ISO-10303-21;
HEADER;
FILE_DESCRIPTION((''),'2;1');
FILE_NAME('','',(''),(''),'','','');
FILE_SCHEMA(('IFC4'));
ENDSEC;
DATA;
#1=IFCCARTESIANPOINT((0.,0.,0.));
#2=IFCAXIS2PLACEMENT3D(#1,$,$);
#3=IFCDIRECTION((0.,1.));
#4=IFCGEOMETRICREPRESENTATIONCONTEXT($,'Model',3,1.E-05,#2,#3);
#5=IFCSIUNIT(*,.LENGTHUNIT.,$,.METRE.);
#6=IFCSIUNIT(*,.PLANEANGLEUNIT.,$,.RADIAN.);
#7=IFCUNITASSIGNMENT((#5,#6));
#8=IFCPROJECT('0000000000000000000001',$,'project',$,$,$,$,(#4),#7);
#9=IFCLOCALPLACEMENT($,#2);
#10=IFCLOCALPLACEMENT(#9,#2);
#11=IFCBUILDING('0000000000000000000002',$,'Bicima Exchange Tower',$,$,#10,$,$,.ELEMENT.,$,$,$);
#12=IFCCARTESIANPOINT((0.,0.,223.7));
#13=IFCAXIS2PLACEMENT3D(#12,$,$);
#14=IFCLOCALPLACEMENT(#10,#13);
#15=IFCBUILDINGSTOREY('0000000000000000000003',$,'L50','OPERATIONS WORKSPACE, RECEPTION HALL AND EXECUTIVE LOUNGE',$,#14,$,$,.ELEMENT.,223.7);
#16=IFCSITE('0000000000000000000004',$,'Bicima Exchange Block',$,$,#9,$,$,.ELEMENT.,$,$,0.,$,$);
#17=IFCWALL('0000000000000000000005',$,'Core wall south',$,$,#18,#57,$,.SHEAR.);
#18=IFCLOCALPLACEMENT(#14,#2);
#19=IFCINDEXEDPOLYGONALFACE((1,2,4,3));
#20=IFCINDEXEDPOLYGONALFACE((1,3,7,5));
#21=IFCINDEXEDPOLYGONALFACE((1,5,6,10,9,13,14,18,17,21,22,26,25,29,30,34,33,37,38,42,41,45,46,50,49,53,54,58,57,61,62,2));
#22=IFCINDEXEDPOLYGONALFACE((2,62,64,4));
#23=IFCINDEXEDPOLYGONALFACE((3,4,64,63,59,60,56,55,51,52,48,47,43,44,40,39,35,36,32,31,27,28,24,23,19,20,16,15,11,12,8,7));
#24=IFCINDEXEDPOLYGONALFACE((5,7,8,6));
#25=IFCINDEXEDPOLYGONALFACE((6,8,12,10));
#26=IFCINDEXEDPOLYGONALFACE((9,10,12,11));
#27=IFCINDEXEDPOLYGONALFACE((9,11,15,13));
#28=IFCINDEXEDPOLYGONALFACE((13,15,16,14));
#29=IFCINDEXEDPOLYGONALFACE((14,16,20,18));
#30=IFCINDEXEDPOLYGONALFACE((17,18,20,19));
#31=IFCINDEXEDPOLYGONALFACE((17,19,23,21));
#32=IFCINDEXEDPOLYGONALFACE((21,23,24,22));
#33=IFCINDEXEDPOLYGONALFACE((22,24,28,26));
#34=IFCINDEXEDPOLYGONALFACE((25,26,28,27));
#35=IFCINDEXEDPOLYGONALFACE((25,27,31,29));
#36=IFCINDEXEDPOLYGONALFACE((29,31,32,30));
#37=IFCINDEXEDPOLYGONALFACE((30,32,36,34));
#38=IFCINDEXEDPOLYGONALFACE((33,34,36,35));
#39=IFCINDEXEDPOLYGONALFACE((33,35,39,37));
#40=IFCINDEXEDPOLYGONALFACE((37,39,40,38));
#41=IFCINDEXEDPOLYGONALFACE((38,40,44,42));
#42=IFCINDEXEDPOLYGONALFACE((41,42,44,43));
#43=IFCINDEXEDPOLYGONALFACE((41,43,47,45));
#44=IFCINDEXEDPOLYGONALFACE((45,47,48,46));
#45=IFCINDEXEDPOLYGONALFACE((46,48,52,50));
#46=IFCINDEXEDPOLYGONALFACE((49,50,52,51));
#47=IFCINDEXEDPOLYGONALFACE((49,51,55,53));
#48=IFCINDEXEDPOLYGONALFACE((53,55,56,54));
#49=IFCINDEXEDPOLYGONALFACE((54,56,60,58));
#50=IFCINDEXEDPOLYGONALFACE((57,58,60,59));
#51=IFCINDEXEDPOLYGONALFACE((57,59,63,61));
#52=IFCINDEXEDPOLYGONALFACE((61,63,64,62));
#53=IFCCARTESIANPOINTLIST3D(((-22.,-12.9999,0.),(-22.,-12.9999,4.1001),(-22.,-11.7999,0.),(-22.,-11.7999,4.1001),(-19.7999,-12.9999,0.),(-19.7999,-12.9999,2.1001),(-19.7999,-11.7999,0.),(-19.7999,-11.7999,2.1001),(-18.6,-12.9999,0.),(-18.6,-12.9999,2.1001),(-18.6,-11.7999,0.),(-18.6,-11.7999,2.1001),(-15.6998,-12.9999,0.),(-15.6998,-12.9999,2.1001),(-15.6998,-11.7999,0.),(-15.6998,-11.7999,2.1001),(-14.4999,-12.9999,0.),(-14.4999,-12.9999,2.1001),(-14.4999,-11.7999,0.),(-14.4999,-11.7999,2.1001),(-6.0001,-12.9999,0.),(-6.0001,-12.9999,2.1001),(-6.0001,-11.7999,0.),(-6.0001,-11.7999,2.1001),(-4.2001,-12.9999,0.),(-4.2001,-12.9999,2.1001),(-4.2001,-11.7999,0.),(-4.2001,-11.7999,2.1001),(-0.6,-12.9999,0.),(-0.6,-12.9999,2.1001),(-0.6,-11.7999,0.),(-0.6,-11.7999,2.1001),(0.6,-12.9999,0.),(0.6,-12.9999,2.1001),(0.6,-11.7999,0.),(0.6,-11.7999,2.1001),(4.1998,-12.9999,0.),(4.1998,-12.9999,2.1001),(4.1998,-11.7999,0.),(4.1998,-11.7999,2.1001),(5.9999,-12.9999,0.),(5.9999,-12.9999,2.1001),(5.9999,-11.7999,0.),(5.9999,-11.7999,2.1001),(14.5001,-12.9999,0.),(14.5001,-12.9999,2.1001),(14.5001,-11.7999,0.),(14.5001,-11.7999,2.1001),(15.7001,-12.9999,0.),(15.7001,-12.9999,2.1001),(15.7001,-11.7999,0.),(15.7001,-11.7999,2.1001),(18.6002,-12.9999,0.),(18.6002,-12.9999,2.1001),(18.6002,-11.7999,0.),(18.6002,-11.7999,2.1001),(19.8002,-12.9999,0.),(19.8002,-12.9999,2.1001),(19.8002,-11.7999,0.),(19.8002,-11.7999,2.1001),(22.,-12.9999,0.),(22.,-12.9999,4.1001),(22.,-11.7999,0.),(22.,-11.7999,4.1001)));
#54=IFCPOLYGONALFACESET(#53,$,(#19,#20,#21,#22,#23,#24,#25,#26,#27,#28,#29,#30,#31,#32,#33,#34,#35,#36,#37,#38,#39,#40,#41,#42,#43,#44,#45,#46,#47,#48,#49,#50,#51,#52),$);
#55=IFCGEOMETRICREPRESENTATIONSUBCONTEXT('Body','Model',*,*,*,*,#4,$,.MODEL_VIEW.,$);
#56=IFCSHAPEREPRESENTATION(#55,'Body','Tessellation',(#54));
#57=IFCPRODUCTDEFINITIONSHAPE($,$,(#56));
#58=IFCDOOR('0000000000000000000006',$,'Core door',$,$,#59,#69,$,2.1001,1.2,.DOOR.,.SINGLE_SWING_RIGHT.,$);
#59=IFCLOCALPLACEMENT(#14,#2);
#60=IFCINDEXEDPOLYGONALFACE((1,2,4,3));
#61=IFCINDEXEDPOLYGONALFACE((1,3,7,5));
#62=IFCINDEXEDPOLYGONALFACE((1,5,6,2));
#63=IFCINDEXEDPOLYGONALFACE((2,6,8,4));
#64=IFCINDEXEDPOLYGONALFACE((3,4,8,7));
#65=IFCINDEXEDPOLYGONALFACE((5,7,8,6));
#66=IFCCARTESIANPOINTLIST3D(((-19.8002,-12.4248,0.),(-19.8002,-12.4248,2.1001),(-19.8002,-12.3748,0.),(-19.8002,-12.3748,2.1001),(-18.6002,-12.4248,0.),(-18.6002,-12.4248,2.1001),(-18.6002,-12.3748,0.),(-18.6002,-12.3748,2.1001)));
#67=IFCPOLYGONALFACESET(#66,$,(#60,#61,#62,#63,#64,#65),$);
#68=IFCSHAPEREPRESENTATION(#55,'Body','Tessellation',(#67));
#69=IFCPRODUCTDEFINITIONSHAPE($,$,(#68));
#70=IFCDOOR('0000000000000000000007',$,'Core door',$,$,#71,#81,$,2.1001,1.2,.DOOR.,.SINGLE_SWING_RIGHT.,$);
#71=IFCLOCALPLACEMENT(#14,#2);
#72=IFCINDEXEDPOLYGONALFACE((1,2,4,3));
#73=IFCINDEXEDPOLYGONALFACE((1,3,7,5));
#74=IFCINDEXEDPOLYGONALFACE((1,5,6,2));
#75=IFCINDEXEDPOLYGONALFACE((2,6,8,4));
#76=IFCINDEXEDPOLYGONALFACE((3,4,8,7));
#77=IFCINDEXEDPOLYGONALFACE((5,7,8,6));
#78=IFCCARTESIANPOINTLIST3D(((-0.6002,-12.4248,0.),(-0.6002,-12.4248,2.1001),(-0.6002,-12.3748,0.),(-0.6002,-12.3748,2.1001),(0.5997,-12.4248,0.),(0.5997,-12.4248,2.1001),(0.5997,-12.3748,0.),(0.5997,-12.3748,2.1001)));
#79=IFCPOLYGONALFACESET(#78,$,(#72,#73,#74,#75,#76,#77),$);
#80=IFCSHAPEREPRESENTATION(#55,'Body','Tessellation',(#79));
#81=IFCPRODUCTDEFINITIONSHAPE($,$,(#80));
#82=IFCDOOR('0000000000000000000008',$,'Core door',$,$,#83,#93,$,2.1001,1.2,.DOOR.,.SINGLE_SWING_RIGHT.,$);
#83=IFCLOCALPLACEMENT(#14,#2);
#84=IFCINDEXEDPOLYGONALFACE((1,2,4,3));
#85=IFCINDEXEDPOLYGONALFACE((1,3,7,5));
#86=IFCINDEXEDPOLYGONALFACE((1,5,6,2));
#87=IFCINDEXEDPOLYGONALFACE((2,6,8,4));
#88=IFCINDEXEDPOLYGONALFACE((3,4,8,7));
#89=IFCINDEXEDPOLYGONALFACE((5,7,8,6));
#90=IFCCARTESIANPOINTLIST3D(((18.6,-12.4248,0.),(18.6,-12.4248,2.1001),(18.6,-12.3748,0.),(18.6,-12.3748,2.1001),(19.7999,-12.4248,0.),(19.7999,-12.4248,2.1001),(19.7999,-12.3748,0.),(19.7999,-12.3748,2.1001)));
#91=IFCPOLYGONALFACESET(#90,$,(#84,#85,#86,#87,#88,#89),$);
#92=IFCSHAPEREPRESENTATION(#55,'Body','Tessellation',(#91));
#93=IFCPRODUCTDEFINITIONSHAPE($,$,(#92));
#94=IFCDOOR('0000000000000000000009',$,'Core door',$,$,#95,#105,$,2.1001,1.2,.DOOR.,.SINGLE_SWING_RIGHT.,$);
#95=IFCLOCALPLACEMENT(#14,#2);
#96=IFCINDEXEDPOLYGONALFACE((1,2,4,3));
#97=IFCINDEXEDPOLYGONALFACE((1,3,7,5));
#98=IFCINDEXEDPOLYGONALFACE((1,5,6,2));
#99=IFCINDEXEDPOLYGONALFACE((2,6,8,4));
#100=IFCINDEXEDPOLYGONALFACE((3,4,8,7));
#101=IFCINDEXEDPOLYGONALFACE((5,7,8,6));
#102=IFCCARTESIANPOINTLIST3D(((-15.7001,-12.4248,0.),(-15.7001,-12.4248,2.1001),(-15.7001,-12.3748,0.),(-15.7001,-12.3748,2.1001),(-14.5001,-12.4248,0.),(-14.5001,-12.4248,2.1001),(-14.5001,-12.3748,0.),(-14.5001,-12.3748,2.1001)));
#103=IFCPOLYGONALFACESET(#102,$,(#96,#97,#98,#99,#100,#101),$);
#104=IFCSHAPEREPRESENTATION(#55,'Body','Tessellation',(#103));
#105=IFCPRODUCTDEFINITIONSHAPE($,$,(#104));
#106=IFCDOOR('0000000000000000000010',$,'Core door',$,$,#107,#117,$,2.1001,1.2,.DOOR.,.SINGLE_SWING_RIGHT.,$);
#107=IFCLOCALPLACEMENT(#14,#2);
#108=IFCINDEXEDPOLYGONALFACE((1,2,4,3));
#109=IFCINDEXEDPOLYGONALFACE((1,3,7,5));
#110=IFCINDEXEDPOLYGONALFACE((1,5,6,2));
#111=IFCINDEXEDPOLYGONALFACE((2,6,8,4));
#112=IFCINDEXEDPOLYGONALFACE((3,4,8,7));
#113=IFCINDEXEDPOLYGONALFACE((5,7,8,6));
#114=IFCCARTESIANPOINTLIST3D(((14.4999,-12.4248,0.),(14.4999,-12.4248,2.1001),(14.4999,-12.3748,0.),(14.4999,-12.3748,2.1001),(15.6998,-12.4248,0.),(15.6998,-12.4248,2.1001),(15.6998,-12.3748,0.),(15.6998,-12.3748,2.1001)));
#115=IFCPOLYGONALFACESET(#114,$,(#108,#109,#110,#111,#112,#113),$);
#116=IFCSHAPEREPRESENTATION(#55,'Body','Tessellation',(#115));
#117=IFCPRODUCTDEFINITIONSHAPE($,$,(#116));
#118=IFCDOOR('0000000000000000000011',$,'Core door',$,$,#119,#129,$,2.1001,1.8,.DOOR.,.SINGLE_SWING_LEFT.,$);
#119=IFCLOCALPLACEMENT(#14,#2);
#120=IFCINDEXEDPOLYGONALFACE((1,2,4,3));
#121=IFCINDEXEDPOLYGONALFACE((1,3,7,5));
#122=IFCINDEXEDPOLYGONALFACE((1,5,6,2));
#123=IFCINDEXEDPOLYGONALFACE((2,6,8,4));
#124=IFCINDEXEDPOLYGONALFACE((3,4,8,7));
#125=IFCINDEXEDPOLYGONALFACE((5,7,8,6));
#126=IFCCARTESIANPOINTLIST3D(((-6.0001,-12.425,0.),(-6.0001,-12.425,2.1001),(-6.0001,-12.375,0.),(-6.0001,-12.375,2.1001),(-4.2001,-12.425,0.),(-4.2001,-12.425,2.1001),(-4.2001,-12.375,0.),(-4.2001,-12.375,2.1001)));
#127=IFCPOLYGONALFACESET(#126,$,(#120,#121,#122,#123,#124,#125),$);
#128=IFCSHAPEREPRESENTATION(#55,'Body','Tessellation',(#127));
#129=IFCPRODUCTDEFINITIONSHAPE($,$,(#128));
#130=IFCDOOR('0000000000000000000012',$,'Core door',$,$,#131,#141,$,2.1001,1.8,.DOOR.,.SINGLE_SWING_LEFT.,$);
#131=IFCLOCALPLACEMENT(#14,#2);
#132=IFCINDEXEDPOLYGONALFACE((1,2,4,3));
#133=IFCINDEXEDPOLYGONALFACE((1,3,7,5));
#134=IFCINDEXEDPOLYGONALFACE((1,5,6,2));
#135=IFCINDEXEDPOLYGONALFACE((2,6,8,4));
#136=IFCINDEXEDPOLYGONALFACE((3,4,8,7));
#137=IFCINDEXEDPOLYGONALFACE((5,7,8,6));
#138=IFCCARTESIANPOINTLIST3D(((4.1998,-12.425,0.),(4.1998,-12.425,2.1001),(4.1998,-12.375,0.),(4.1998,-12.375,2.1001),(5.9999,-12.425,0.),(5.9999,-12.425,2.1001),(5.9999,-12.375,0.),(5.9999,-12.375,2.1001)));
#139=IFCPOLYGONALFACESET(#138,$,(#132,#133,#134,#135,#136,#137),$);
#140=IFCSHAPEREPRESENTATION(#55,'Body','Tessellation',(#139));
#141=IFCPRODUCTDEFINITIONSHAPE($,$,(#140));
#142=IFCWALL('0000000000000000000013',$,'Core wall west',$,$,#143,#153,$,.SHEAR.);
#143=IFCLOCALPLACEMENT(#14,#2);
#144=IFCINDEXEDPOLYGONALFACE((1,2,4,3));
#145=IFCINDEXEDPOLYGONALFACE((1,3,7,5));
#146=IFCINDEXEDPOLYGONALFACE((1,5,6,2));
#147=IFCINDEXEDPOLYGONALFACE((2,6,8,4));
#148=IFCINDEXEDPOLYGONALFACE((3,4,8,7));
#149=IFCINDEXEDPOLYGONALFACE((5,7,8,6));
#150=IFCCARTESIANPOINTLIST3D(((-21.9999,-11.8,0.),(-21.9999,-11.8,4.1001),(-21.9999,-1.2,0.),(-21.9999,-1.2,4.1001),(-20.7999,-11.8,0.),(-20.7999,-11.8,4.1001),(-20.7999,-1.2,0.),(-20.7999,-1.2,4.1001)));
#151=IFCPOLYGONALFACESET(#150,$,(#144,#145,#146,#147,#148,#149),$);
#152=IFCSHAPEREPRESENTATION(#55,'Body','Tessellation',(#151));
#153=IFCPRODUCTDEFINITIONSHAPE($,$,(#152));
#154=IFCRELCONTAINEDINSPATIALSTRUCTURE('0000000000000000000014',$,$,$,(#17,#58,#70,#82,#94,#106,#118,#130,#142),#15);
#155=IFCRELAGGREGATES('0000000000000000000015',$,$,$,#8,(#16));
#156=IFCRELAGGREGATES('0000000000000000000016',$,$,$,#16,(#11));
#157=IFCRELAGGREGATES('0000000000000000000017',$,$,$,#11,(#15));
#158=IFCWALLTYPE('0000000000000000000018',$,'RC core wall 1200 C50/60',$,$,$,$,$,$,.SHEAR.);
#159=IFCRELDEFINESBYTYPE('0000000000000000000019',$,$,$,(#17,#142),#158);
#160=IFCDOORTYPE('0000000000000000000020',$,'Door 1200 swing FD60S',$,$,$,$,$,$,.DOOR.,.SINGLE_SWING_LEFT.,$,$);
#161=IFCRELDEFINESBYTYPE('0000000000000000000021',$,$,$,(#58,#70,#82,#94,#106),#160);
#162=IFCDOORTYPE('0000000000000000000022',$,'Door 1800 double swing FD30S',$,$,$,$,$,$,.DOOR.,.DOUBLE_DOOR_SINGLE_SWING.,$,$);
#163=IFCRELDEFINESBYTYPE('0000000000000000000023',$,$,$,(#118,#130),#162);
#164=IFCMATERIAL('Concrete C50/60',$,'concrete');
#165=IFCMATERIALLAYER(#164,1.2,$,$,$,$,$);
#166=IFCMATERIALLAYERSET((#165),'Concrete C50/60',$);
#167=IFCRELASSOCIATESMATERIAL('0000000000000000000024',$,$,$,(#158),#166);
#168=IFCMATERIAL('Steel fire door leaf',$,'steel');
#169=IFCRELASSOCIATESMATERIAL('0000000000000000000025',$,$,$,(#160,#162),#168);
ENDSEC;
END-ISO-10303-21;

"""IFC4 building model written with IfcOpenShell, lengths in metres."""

from ifc_helpers import new_model, si_unit, direction, frame, frame_2d, origin, place, context, subcontext, project, spatial, rectangle, extrude, material, layer, layer_set, type_object, element, fill, save


model = new_model("IFC4")

# Units and contexts
model_context = context("Model", 3, precision=1e-05, world=origin(), true_north=direction((0.0, 1.0)))
body_context = subcontext(model_context, "Body", "Model", "MODEL_VIEW")
ifc_project = project(units=[si_unit("LENGTHUNIT", "METRE"), si_unit("PLANEANGLEUNIT", "RADIAN")], contexts=[model_context])

# Site, building, storey
site_placement = place(None, origin())
site = spatial("IfcSite", under=ifc_project, at=site_placement, Name="Bicima Exchange Block", CompositionType="ELEMENT", RefElevation=0.0)
building_placement = place(site_placement, origin())
building = spatial("IfcBuilding", under=site, at=building_placement, Name="Bicima Exchange Tower", CompositionType="ELEMENT")
storey_placement = place(building_placement, frame((0.0, 0.0, 223.7)))
storey = spatial("IfcBuildingStorey", under=building, at=storey_placement, Name="L50", Description="OPERATIONS WORKSPACE, RECEPTION HALL AND EXECUTIVE LOUNGE", CompositionType="ELEMENT", Elevation=223.7)

# Wall, openings, doors
ifc_material_1 = material(Name="Concrete C50/60", Category="concrete")
ifc_layer_1 = layer(ifc_material_1, 1.2)
ifc_layer_set_1 = layer_set([ifc_layer_1], Name="Concrete C50/60")
wall_type_1 = type_object("IfcWallType", Name="RC core wall 1200 C50/60", PredefinedType="SHEAR", material=ifc_layer_set_1)
wall_1_placement = place(storey_placement, frame((-22.0, -12.3999, 0.0), z_axis=(0.0, 0.0, 1.0), x_axis=(1.0, 0.0, 0.0)))
wall_1 = element("IfcWall", 1, at=wall_1_placement, inside=storey, type_object=wall_type_1, Name="Core wall south", PredefinedType="SHEAR", context=body_context, shape_type="SweptSolid", body=[
    extrude(rectangle(XDim=44.0, YDim=1.2, at=frame_2d((22.0, 0.0))), origin(), (0.0, 0.0, 1.0), 4.1001),
])
opening_1_placement = place(wall_1_placement, frame((2.2, 0.0, 0.0)))
opening_1 = element("IfcOpeningElement", 2, at=opening_1_placement, cuts=wall_1, PredefinedType="OPENING", context=body_context, shape_type="SweptSolid", body=[
    extrude(rectangle(XDim=1.2, YDim=2.1001, at=frame_2d((0.6001, 1.05))), frame((0.0, 0.6118, 0.0), z_axis=(0.0, -1.0, 0.0), x_axis=(1.0, 0.0, 0.0)), (0.0, 0.0, 1.0), 1.2239),
])
opening_2_placement = place(wall_1_placement, frame((21.3999, 0.0, 0.0)))
opening_2 = element("IfcOpeningElement", 3, at=opening_2_placement, cuts=wall_1, PredefinedType="OPENING", context=body_context, shape_type="SweptSolid", body=[
    extrude(rectangle(XDim=1.2, YDim=2.1001, at=frame_2d((0.6001, 1.05))), frame((0.0, 0.6118, 0.0), z_axis=(0.0, -1.0, 0.0), x_axis=(1.0, 0.0, 0.0)), (0.0, 0.0, 1.0), 1.2239),
])
opening_3_placement = place(wall_1_placement, frame((40.6001, 0.0, 0.0)))
opening_3 = element("IfcOpeningElement", 4, at=opening_3_placement, cuts=wall_1, PredefinedType="OPENING", context=body_context, shape_type="SweptSolid", body=[
    extrude(rectangle(XDim=1.2, YDim=2.1001, at=frame_2d((0.6001, 1.05))), frame((0.0, 0.6118, 0.0), z_axis=(0.0, -1.0, 0.0), x_axis=(1.0, 0.0, 0.0)), (0.0, 0.0, 1.0), 1.2239),
])
opening_4_placement = place(wall_1_placement, frame((16.0, 0.0, 0.0)))
opening_4 = element("IfcOpeningElement", 5, at=opening_4_placement, cuts=wall_1, PredefinedType="OPENING", context=body_context, shape_type="SweptSolid", body=[
    extrude(rectangle(XDim=1.8, YDim=2.1001, at=frame_2d((0.8999, 1.05))), frame((0.0, 0.6118, 0.0), z_axis=(0.0, -1.0, 0.0), x_axis=(1.0, 0.0, 0.0)), (0.0, 0.0, 1.0), 1.2239),
])
opening_5_placement = place(wall_1_placement, frame((6.3, 0.0, 0.0)))
opening_5 = element("IfcOpeningElement", 6, at=opening_5_placement, cuts=wall_1, PredefinedType="OPENING", context=body_context, shape_type="SweptSolid", body=[
    extrude(rectangle(XDim=1.2, YDim=2.1001, at=frame_2d((0.6001, 1.05))), frame((0.0, 0.6118, 0.0), z_axis=(0.0, -1.0, 0.0), x_axis=(1.0, 0.0, 0.0)), (0.0, 0.0, 1.0), 1.2239),
])
opening_6_placement = place(wall_1_placement, frame((26.2, 0.0, 0.0)))
opening_6 = element("IfcOpeningElement", 7, at=opening_6_placement, cuts=wall_1, PredefinedType="OPENING", context=body_context, shape_type="SweptSolid", body=[
    extrude(rectangle(XDim=1.8, YDim=2.1001, at=frame_2d((0.8999, 1.05))), frame((0.0, 0.6118, 0.0), z_axis=(0.0, -1.0, 0.0), x_axis=(1.0, 0.0, 0.0)), (0.0, 0.0, 1.0), 1.2239),
])
opening_7_placement = place(wall_1_placement, frame((36.5, 0.0, 0.0)))
opening_7 = element("IfcOpeningElement", 8, at=opening_7_placement, cuts=wall_1, PredefinedType="OPENING", context=body_context, shape_type="SweptSolid", body=[
    extrude(rectangle(XDim=1.2, YDim=2.1001, at=frame_2d((0.6001, 1.05))), frame((0.0, 0.6118, 0.0), z_axis=(0.0, -1.0, 0.0), x_axis=(1.0, 0.0, 0.0)), (0.0, 0.0, 1.0), 1.2239),
])
ifc_material_2 = material(Name="Steel fire door leaf", Category="steel")
door_type_1 = type_object("IfcDoorType", Name="Door 1200 swing FD60S", OperationType="SINGLE_SWING_LEFT", PredefinedType="DOOR", material=ifc_material_2)
door_1_placement = place(opening_1_placement, frame((1.2, 0.0, 0.0), z_axis=(0.0, 0.0, 1.0), x_axis=(-1.0, 0.0, 0.0)))
door_1 = element("IfcDoor", 9, at=door_1_placement, inside=storey, type_object=door_type_1, Name="Core door", OperationType="SINGLE_SWING_RIGHT", OverallHeight=2.1001, OverallWidth=1.2, PredefinedType="DOOR", context=body_context, shape_type="SweptSolid", body=[
    extrude(rectangle(XDim=1.2, YDim=2.1001, at=frame_2d((0.6001, 1.05))), frame((0.0, 0.0249, 0.0), z_axis=(0.0, -1.0, 0.0), x_axis=(1.0, 0.0, 0.0)), (0.0, 0.0, 1.0), 0.05),
])
fill(opening_1, door_1)
door_2_placement = place(opening_2_placement, frame((1.2, 0.0, 0.0), z_axis=(0.0, 0.0, 1.0), x_axis=(-1.0, 0.0, 0.0)))
door_2 = element("IfcDoor", 10, at=door_2_placement, inside=storey, type_object=door_type_1, Name="Core door", OperationType="SINGLE_SWING_RIGHT", OverallHeight=2.1001, OverallWidth=1.2, PredefinedType="DOOR", context=body_context, shape_type="SweptSolid", body=[
    extrude(rectangle(XDim=1.2, YDim=2.1001, at=frame_2d((0.6001, 1.05))), frame((0.0, 0.0249, 0.0), z_axis=(0.0, -1.0, 0.0), x_axis=(1.0, 0.0, 0.0)), (0.0, 0.0, 1.0), 0.05),
])
fill(opening_2, door_2)
door_3_placement = place(opening_3_placement, frame((1.2, 0.0, 0.0), z_axis=(0.0, 0.0, 1.0), x_axis=(-1.0, 0.0, 0.0)))
door_3 = element("IfcDoor", 11, at=door_3_placement, inside=storey, type_object=door_type_1, Name="Core door", OperationType="SINGLE_SWING_RIGHT", OverallHeight=2.1001, OverallWidth=1.2, PredefinedType="DOOR", context=body_context, shape_type="SweptSolid", body=[
    extrude(rectangle(XDim=1.2, YDim=2.1001, at=frame_2d((0.6001, 1.05))), frame((0.0, 0.0249, 0.0), z_axis=(0.0, -1.0, 0.0), x_axis=(1.0, 0.0, 0.0)), (0.0, 0.0, 1.0), 0.05),
])
fill(opening_3, door_3)
door_4_placement = place(opening_5_placement, frame((1.2, 0.0, 0.0), z_axis=(0.0, 0.0, 1.0), x_axis=(-1.0, 0.0, 0.0)))
door_4 = element("IfcDoor", 12, at=door_4_placement, inside=storey, type_object=door_type_1, Name="Core door", OperationType="SINGLE_SWING_RIGHT", OverallHeight=2.1001, OverallWidth=1.2, PredefinedType="DOOR", context=body_context, shape_type="SweptSolid", body=[
    extrude(rectangle(XDim=1.2, YDim=2.1001, at=frame_2d((0.6001, 1.05))), frame((0.0, 0.0249, 0.0), z_axis=(0.0, -1.0, 0.0), x_axis=(1.0, 0.0, 0.0)), (0.0, 0.0, 1.0), 0.05),
])
fill(opening_5, door_4)
door_5_placement = place(opening_7_placement, frame((1.2, 0.0, 0.0), z_axis=(0.0, 0.0, 1.0), x_axis=(-1.0, 0.0, 0.0)))
door_5 = element("IfcDoor", 13, at=door_5_placement, inside=storey, type_object=door_type_1, Name="Core door", OperationType="SINGLE_SWING_RIGHT", OverallHeight=2.1001, OverallWidth=1.2, PredefinedType="DOOR", context=body_context, shape_type="SweptSolid", body=[
    extrude(rectangle(XDim=1.2, YDim=2.1001, at=frame_2d((0.6001, 1.05))), frame((0.0, 0.0249, 0.0), z_axis=(0.0, -1.0, 0.0), x_axis=(1.0, 0.0, 0.0)), (0.0, 0.0, 1.0), 0.05),
])
fill(opening_7, door_5)
door_type_2 = type_object("IfcDoorType", Name="Door 1800 double swing FD30S", OperationType="DOUBLE_DOOR_SINGLE_SWING", PredefinedType="DOOR", material=ifc_material_2)
door_6_placement = place(opening_4_placement, origin())
door_6 = element("IfcDoor", 14, at=door_6_placement, inside=storey, type_object=door_type_2, Name="Core door", OperationType="SINGLE_SWING_LEFT", OverallHeight=2.1001, OverallWidth=1.8, PredefinedType="DOOR", context=body_context, shape_type="SweptSolid", body=[
    extrude(rectangle(XDim=1.8, YDim=2.1001, at=frame_2d((0.8999, 1.05))), frame((0.0, 0.0249, 0.0), z_axis=(0.0, -1.0, 0.0), x_axis=(1.0, 0.0, 0.0)), (0.0, 0.0, 1.0), 0.05),
])
fill(opening_4, door_6)
door_7_placement = place(opening_6_placement, origin())
door_7 = element("IfcDoor", 15, at=door_7_placement, inside=storey, type_object=door_type_2, Name="Core door", OperationType="SINGLE_SWING_LEFT", OverallHeight=2.1001, OverallWidth=1.8, PredefinedType="DOOR", context=body_context, shape_type="SweptSolid", body=[
    extrude(rectangle(XDim=1.8, YDim=2.1001, at=frame_2d((0.8999, 1.05))), frame((0.0, 0.0249, 0.0), z_axis=(0.0, -1.0, 0.0), x_axis=(1.0, 0.0, 0.0)), (0.0, 0.0, 1.0), 0.05),
])
fill(opening_6, door_7)

# Wall
wall_2_placement = place(storey_placement, frame((-21.3999, -11.8, 0.0), z_axis=(0.0, 0.0, 1.0), x_axis=(0.0, 1.0, 0.0)))
element("IfcWall", 16, at=wall_2_placement, inside=storey, type_object=wall_type_1, Name="Core wall west", PredefinedType="SHEAR", context=body_context, shape_type="SweptSolid", body=[
    extrude(rectangle(XDim=10.6001, YDim=1.2, at=frame_2d((5.3, 0.0))), origin(), (0.0, 0.0, 1.0), 4.1001),
])

save(model, "model.ifc")
